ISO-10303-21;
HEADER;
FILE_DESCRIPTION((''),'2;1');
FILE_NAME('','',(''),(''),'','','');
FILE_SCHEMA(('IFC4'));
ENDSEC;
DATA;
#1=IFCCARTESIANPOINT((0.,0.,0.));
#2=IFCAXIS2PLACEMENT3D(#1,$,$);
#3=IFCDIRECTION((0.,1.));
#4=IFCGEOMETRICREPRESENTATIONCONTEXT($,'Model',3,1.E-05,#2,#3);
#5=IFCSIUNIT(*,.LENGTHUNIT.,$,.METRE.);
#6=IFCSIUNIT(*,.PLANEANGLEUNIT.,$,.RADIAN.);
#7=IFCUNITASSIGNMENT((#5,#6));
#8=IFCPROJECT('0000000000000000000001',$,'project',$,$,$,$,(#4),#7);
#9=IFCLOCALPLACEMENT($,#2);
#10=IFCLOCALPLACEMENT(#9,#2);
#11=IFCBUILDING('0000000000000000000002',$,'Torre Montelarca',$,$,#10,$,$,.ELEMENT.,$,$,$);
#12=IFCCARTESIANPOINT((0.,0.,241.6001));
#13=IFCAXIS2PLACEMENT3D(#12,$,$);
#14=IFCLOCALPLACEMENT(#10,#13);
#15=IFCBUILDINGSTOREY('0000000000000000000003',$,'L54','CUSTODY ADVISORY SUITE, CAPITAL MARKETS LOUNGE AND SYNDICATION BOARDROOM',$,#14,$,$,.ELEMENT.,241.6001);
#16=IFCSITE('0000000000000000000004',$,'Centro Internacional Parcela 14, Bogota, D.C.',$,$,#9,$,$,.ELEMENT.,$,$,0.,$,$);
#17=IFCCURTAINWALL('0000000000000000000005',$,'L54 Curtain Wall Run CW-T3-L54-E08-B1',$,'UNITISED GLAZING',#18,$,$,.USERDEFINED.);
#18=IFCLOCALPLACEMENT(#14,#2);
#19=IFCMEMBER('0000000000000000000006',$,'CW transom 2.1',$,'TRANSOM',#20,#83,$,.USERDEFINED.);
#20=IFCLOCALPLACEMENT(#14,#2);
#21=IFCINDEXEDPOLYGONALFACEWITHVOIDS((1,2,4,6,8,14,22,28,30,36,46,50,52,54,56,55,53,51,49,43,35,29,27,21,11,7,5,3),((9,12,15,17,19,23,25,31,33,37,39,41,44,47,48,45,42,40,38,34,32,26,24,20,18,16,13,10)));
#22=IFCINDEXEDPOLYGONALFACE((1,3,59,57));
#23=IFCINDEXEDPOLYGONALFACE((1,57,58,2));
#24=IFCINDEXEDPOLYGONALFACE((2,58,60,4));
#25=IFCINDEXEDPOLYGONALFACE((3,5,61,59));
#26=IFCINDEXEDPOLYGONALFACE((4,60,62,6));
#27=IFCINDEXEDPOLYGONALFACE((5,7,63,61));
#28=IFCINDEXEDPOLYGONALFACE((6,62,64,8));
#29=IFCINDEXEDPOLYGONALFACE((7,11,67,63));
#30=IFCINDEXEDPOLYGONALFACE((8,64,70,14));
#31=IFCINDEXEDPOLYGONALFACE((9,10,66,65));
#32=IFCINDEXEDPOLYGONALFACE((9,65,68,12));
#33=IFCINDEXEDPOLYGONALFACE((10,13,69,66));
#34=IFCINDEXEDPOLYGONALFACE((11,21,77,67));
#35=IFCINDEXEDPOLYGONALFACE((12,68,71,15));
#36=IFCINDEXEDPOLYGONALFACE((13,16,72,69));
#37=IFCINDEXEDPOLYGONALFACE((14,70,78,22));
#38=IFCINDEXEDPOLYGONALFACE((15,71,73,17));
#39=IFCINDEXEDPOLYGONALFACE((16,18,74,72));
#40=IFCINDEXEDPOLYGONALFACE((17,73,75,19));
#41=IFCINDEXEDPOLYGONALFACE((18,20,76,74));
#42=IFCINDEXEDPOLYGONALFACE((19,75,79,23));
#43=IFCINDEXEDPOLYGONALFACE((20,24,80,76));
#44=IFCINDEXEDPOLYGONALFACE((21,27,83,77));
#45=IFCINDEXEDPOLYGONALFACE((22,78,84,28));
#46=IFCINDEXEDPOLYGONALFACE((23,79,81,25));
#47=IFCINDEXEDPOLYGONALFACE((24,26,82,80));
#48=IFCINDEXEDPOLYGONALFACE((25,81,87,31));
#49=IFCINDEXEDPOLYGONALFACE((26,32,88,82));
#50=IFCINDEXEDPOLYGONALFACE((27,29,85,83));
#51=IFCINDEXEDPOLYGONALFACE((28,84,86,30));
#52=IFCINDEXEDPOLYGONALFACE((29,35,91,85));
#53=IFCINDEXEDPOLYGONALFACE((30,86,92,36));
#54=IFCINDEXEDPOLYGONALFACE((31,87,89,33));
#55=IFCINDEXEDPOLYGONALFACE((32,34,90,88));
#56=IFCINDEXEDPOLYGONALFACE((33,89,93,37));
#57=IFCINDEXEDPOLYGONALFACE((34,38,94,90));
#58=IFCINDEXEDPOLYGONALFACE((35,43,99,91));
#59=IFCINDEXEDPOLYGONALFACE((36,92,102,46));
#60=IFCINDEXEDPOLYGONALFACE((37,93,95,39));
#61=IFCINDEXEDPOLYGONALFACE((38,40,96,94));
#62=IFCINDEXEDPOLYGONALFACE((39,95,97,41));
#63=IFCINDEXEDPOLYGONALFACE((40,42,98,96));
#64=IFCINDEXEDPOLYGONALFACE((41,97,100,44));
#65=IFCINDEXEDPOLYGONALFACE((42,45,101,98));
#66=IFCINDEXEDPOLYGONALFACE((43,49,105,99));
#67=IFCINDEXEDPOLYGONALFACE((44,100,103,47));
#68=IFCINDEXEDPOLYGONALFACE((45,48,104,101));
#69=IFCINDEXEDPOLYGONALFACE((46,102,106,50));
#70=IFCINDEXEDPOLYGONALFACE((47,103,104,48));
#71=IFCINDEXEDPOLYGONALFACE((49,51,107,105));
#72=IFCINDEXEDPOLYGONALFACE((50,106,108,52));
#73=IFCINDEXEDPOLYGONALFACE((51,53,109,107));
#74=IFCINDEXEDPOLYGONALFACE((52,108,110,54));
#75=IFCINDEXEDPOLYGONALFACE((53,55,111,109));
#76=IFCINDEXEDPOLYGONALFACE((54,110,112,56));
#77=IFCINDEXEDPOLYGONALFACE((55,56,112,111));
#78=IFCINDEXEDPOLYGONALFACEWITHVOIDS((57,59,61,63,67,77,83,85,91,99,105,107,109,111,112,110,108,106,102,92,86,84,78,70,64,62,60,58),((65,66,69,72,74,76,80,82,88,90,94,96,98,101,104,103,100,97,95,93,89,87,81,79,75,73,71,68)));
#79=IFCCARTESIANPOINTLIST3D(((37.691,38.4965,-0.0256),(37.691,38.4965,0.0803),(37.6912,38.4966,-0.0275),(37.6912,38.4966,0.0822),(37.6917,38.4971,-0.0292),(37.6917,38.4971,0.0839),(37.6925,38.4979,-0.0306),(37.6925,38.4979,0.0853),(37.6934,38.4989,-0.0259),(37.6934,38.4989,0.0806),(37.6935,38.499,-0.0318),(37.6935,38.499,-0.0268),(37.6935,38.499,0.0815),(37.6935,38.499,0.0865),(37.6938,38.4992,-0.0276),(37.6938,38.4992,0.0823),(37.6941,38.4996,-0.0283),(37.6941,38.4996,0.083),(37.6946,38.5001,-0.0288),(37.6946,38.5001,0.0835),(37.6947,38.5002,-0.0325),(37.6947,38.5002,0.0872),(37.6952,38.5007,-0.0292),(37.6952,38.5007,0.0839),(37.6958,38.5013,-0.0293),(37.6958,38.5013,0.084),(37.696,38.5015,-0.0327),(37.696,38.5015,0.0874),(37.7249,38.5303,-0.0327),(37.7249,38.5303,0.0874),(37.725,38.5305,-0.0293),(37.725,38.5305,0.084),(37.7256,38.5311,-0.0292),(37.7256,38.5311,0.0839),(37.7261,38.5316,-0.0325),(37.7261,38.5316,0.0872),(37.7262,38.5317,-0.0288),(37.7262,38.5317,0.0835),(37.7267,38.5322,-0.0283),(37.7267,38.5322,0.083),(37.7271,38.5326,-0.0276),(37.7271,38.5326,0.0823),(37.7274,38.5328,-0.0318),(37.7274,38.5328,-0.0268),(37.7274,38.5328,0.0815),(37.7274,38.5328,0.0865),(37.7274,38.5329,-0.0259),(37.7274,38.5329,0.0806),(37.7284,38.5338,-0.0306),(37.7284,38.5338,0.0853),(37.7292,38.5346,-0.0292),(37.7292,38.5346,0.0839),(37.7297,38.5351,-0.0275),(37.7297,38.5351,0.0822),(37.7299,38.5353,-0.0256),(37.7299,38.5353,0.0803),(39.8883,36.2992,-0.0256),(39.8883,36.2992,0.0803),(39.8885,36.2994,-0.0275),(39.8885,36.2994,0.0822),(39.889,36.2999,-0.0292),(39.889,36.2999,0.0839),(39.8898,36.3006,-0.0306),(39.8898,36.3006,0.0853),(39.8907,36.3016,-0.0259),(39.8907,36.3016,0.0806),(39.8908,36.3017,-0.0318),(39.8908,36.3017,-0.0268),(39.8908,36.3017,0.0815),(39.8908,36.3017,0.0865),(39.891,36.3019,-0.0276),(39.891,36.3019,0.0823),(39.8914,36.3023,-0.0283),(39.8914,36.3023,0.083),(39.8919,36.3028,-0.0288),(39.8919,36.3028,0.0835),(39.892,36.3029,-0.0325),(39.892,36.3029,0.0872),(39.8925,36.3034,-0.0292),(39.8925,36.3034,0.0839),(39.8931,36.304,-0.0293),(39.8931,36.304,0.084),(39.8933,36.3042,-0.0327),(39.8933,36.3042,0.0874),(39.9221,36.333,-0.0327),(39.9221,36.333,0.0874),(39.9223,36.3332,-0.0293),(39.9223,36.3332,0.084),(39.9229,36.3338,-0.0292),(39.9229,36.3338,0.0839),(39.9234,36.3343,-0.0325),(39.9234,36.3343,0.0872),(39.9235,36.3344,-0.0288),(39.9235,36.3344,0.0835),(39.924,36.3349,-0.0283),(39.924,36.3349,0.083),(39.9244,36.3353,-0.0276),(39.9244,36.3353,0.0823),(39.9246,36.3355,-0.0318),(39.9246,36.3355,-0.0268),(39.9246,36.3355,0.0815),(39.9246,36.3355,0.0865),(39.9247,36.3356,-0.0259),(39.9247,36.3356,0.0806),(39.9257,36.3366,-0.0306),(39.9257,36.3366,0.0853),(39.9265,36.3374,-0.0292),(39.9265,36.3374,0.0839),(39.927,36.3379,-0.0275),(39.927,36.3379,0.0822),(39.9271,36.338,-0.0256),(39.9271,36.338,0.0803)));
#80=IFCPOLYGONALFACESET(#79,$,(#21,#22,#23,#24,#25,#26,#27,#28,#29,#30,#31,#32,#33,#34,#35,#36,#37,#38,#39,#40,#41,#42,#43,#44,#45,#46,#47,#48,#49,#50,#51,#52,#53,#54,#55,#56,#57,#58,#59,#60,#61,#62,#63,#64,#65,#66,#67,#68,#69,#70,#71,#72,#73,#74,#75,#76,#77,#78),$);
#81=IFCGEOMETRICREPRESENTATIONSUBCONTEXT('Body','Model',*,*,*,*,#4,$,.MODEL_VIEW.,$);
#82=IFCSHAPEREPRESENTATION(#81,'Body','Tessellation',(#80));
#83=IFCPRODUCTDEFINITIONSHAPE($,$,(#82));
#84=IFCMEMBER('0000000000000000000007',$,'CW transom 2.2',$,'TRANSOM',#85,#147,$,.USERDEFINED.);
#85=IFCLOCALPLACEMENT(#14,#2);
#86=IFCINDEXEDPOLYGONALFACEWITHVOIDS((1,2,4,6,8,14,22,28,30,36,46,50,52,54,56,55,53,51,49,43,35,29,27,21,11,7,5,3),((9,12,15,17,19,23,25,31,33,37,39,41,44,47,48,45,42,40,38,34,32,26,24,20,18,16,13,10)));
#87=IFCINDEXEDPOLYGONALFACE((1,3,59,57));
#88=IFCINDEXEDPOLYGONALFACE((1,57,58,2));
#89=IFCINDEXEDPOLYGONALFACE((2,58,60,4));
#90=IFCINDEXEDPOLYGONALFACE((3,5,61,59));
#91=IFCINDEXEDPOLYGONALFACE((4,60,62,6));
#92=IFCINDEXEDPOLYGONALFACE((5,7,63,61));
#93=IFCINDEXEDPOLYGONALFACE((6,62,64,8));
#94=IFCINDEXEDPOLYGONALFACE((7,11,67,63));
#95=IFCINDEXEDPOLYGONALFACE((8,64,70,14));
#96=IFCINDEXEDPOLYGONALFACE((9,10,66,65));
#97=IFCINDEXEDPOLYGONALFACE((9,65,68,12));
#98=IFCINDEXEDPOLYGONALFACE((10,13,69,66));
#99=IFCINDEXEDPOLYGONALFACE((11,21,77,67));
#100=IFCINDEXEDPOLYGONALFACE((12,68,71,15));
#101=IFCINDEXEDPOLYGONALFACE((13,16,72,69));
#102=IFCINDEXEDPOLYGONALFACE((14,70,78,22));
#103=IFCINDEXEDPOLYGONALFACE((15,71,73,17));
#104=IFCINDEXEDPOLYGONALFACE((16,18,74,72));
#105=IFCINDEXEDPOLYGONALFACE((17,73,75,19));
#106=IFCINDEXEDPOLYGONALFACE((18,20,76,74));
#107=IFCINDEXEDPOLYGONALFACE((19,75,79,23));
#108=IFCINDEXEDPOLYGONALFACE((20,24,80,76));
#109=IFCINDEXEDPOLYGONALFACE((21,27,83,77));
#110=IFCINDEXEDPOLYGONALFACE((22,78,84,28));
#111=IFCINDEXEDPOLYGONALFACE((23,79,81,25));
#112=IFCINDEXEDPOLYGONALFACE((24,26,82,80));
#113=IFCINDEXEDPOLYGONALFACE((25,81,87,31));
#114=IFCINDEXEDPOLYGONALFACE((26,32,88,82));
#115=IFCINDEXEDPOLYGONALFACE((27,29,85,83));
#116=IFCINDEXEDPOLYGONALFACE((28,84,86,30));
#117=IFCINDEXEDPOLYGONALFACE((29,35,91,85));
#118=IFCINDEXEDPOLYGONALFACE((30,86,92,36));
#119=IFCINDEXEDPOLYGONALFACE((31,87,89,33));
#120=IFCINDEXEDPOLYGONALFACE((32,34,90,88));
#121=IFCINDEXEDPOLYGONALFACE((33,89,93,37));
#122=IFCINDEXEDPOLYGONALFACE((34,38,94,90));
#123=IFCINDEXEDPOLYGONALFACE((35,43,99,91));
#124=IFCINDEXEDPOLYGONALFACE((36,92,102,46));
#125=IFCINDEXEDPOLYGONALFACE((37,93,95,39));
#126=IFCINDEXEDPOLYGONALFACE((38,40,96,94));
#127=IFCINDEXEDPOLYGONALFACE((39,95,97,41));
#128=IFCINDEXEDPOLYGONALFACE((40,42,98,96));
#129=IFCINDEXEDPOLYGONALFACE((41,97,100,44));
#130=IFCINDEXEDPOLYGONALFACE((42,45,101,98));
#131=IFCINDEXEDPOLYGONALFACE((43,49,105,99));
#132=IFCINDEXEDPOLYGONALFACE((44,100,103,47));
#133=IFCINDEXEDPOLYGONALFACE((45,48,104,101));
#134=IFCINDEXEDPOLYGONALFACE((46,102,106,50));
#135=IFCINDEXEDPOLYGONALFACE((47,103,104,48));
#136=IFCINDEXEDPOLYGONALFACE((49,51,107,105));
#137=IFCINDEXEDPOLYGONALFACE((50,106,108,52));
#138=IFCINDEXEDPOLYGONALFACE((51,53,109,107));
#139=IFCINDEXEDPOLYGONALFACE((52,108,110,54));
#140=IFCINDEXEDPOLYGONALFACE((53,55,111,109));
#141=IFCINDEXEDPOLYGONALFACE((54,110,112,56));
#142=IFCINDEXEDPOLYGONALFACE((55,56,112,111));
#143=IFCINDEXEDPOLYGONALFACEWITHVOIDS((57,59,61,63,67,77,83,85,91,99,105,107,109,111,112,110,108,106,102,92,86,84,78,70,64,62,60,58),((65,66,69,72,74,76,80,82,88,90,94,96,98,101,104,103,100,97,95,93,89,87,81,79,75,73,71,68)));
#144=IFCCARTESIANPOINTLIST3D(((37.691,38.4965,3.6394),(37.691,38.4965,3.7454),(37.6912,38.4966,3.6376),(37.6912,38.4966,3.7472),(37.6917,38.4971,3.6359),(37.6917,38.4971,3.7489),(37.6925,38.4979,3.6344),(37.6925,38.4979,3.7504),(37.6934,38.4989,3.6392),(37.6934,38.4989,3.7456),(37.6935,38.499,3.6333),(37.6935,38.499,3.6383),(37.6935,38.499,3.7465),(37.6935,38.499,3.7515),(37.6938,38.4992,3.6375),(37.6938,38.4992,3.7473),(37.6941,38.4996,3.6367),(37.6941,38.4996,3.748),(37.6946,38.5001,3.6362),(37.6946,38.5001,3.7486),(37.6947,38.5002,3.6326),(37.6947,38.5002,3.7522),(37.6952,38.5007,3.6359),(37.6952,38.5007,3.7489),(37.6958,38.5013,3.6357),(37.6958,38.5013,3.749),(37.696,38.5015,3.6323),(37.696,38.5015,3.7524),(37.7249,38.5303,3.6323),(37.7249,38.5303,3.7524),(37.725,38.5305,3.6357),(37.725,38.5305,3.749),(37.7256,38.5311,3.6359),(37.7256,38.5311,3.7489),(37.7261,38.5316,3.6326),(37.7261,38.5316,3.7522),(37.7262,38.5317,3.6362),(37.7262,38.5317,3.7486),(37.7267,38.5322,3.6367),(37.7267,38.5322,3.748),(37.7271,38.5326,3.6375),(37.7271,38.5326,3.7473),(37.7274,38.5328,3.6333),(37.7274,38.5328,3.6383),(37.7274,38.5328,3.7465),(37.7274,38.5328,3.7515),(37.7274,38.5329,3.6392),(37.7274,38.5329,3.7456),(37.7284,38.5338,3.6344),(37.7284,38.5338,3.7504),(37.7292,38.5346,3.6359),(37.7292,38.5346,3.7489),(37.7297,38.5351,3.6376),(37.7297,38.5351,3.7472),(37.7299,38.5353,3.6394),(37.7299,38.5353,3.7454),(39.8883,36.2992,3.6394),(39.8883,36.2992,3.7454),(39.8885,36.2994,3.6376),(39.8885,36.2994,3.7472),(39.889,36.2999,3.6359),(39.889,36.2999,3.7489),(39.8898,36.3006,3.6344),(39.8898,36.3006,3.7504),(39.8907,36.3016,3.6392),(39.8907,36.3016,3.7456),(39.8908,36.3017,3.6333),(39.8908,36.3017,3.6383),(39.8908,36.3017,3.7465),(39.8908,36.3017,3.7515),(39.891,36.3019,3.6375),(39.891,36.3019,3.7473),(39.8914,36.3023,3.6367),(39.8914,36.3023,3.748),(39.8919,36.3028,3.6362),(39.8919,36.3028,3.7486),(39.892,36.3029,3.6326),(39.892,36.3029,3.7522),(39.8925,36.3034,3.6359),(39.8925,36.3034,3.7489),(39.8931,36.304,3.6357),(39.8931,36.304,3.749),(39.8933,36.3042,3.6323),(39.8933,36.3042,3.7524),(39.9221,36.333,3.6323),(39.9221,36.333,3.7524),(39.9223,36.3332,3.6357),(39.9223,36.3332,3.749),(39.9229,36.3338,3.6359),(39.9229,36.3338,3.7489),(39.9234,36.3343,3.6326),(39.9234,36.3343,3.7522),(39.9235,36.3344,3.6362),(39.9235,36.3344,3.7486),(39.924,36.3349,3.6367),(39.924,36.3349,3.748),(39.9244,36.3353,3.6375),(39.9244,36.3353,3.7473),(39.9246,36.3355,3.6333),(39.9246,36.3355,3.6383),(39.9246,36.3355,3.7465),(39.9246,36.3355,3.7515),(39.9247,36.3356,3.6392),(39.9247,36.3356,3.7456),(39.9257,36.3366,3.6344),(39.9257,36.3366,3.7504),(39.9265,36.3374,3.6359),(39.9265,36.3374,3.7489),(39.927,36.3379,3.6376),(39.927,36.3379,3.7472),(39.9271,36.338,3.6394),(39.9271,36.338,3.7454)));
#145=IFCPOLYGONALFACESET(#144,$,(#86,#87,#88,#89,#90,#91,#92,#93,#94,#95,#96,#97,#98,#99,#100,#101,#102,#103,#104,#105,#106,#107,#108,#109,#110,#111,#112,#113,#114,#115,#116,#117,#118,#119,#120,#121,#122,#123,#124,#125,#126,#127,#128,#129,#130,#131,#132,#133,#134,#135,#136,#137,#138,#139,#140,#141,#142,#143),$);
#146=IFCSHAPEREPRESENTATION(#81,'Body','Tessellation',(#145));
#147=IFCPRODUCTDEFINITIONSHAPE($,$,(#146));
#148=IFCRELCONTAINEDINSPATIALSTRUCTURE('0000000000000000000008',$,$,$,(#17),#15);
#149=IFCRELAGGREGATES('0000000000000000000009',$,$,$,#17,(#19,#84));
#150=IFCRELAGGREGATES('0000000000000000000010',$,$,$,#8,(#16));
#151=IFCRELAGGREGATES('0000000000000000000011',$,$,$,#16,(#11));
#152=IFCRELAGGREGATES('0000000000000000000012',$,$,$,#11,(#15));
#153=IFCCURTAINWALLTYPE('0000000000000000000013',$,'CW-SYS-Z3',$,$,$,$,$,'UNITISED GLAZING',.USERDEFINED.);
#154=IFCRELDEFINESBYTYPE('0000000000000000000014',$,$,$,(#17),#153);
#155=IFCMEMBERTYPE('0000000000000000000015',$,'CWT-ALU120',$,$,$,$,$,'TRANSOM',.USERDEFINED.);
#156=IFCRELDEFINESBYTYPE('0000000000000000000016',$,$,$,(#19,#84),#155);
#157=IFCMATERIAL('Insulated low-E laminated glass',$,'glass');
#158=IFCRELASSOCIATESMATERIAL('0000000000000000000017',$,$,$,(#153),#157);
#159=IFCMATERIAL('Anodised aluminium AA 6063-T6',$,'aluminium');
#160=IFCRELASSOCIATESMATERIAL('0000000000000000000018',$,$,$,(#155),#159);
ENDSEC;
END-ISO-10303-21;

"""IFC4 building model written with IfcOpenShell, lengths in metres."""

from ifc_helpers import new_model, si_unit, direction, frame, origin, origin_2d, place, context, subcontext, project, spatial, hollow_rectangle, extrude, source, transform, mapped, material, material_profile, profile_set, type_object, element, aggregate, save


model = new_model("IFC4")

# Units and contexts
model_context = context("Model", 3, precision=1e-05, world=origin(), true_north=direction((0.0, 1.0)))
body_context = subcontext(model_context, "Body", "Model", "MODEL_VIEW")
ifc_project = project(units=[si_unit("LENGTHUNIT", "METRE"), si_unit("PLANEANGLEUNIT", "RADIAN")], contexts=[model_context])

# Site, building, storey
site_placement = place(None, origin())
site = spatial("IfcSite", under=ifc_project, at=site_placement, Name="Centro Internacional Parcela 14, Bogota, D.C.", CompositionType="ELEMENT", RefElevation=0.0)
building_placement = place(site_placement, origin())
building = spatial("IfcBuilding", under=site, at=building_placement, Name="Torre Montelarca", CompositionType="ELEMENT")
storey_placement = place(building_placement, frame((0.0, 0.0, 241.6001)))
storey = spatial("IfcBuildingStorey", under=building, at=storey_placement, Name="L54", Description="CUSTODY ADVISORY SUITE, CAPITAL MARKETS LOUNGE AND SYNDICATION BOARDROOM", CompositionType="ELEMENT", Elevation=241.6001)

# Shared definitions
ifc_material_1 = material(Name="Insulated low-E laminated glass", Category="glass")
curtain_wall_type = type_object("IfcCurtainWallType", Name="CW-SYS-Z3", ElementType="UNITISED GLAZING", PredefinedType="USERDEFINED", material=ifc_material_1)
ifc_material_2 = material(Name="Anodised aluminium AA 6063-T6", Category="aluminium")

# Curtain wall
curtain_wall_1_placement = place(storey_placement, origin())
curtain_wall_1 = element("IfcCurtainWall", 1, at=curtain_wall_1_placement, inside=storey, type_object=curtain_wall_type, Name="L54 Curtain Wall Run CW-T3-L54-E08-B1", ObjectType="UNITISED GLAZING", PredefinedType="USERDEFINED")

# Members
ifc_material_profile_1 = material_profile(ifc_material_2, hollow_rectangle(XDim=0.0549, YDim=0.1201, WallThickness=0.0034, InnerFilletRadius=0.0034, OuterFilletRadius=0.0071, at=origin_2d()), Name="ALU55X120X3.5", Category="aluminium")
ifc_profile_set_1 = profile_set([ifc_material_profile_1], Name="Anodised aluminium AA 6063-T6")
member_type_1 = type_object("IfcMemberType", Name="CWT-ALU120", ElementType="TRANSOM", PredefinedType="USERDEFINED", material=ifc_profile_set_1)
shared_shape_1 = source(origin(), body_context, "Body", "SweptSolid", [
    extrude(hollow_rectangle(XDim=0.0549, YDim=0.1201, WallThickness=0.0034, InnerFilletRadius=0.0034, OuterFilletRadius=0.0071, at=origin_2d()), origin(), (0.0, 0.0, 1.0), 3.1074),
])
member_1_placement = place(storey_placement, frame((39.9077, 36.3186, 0.0273), z_axis=(-0.707107, 0.707107, 0.0), x_axis=(-0.707107, -0.707107, 0.0)))
member_1 = element("IfcMember", 2, at=member_1_placement, type_object=member_type_1, Name="CW transom 2.1", ObjectType="TRANSOM", PredefinedType="USERDEFINED", context=body_context, shape_type="MappedRepresentation", body=[
    mapped(shared_shape_1, transform((0.0, 0.0, 0.0), scale=1.0)),
])
member_2_placement = place(storey_placement, frame((39.9077, 36.3186, 3.6924), z_axis=(-0.707107, 0.707107, 0.0), x_axis=(-0.707107, -0.707107, 0.0)))
member_2 = element("IfcMember", 3, at=member_2_placement, type_object=member_type_1, Name="CW transom 2.2", ObjectType="TRANSOM", PredefinedType="USERDEFINED", context=body_context, shape_type="MappedRepresentation", body=[
    mapped(shared_shape_1, transform((0.0, 0.0, 0.0), scale=1.0)),
])

aggregate(curtain_wall_1, [member_1, member_2])

save(model, "model.ifc")
